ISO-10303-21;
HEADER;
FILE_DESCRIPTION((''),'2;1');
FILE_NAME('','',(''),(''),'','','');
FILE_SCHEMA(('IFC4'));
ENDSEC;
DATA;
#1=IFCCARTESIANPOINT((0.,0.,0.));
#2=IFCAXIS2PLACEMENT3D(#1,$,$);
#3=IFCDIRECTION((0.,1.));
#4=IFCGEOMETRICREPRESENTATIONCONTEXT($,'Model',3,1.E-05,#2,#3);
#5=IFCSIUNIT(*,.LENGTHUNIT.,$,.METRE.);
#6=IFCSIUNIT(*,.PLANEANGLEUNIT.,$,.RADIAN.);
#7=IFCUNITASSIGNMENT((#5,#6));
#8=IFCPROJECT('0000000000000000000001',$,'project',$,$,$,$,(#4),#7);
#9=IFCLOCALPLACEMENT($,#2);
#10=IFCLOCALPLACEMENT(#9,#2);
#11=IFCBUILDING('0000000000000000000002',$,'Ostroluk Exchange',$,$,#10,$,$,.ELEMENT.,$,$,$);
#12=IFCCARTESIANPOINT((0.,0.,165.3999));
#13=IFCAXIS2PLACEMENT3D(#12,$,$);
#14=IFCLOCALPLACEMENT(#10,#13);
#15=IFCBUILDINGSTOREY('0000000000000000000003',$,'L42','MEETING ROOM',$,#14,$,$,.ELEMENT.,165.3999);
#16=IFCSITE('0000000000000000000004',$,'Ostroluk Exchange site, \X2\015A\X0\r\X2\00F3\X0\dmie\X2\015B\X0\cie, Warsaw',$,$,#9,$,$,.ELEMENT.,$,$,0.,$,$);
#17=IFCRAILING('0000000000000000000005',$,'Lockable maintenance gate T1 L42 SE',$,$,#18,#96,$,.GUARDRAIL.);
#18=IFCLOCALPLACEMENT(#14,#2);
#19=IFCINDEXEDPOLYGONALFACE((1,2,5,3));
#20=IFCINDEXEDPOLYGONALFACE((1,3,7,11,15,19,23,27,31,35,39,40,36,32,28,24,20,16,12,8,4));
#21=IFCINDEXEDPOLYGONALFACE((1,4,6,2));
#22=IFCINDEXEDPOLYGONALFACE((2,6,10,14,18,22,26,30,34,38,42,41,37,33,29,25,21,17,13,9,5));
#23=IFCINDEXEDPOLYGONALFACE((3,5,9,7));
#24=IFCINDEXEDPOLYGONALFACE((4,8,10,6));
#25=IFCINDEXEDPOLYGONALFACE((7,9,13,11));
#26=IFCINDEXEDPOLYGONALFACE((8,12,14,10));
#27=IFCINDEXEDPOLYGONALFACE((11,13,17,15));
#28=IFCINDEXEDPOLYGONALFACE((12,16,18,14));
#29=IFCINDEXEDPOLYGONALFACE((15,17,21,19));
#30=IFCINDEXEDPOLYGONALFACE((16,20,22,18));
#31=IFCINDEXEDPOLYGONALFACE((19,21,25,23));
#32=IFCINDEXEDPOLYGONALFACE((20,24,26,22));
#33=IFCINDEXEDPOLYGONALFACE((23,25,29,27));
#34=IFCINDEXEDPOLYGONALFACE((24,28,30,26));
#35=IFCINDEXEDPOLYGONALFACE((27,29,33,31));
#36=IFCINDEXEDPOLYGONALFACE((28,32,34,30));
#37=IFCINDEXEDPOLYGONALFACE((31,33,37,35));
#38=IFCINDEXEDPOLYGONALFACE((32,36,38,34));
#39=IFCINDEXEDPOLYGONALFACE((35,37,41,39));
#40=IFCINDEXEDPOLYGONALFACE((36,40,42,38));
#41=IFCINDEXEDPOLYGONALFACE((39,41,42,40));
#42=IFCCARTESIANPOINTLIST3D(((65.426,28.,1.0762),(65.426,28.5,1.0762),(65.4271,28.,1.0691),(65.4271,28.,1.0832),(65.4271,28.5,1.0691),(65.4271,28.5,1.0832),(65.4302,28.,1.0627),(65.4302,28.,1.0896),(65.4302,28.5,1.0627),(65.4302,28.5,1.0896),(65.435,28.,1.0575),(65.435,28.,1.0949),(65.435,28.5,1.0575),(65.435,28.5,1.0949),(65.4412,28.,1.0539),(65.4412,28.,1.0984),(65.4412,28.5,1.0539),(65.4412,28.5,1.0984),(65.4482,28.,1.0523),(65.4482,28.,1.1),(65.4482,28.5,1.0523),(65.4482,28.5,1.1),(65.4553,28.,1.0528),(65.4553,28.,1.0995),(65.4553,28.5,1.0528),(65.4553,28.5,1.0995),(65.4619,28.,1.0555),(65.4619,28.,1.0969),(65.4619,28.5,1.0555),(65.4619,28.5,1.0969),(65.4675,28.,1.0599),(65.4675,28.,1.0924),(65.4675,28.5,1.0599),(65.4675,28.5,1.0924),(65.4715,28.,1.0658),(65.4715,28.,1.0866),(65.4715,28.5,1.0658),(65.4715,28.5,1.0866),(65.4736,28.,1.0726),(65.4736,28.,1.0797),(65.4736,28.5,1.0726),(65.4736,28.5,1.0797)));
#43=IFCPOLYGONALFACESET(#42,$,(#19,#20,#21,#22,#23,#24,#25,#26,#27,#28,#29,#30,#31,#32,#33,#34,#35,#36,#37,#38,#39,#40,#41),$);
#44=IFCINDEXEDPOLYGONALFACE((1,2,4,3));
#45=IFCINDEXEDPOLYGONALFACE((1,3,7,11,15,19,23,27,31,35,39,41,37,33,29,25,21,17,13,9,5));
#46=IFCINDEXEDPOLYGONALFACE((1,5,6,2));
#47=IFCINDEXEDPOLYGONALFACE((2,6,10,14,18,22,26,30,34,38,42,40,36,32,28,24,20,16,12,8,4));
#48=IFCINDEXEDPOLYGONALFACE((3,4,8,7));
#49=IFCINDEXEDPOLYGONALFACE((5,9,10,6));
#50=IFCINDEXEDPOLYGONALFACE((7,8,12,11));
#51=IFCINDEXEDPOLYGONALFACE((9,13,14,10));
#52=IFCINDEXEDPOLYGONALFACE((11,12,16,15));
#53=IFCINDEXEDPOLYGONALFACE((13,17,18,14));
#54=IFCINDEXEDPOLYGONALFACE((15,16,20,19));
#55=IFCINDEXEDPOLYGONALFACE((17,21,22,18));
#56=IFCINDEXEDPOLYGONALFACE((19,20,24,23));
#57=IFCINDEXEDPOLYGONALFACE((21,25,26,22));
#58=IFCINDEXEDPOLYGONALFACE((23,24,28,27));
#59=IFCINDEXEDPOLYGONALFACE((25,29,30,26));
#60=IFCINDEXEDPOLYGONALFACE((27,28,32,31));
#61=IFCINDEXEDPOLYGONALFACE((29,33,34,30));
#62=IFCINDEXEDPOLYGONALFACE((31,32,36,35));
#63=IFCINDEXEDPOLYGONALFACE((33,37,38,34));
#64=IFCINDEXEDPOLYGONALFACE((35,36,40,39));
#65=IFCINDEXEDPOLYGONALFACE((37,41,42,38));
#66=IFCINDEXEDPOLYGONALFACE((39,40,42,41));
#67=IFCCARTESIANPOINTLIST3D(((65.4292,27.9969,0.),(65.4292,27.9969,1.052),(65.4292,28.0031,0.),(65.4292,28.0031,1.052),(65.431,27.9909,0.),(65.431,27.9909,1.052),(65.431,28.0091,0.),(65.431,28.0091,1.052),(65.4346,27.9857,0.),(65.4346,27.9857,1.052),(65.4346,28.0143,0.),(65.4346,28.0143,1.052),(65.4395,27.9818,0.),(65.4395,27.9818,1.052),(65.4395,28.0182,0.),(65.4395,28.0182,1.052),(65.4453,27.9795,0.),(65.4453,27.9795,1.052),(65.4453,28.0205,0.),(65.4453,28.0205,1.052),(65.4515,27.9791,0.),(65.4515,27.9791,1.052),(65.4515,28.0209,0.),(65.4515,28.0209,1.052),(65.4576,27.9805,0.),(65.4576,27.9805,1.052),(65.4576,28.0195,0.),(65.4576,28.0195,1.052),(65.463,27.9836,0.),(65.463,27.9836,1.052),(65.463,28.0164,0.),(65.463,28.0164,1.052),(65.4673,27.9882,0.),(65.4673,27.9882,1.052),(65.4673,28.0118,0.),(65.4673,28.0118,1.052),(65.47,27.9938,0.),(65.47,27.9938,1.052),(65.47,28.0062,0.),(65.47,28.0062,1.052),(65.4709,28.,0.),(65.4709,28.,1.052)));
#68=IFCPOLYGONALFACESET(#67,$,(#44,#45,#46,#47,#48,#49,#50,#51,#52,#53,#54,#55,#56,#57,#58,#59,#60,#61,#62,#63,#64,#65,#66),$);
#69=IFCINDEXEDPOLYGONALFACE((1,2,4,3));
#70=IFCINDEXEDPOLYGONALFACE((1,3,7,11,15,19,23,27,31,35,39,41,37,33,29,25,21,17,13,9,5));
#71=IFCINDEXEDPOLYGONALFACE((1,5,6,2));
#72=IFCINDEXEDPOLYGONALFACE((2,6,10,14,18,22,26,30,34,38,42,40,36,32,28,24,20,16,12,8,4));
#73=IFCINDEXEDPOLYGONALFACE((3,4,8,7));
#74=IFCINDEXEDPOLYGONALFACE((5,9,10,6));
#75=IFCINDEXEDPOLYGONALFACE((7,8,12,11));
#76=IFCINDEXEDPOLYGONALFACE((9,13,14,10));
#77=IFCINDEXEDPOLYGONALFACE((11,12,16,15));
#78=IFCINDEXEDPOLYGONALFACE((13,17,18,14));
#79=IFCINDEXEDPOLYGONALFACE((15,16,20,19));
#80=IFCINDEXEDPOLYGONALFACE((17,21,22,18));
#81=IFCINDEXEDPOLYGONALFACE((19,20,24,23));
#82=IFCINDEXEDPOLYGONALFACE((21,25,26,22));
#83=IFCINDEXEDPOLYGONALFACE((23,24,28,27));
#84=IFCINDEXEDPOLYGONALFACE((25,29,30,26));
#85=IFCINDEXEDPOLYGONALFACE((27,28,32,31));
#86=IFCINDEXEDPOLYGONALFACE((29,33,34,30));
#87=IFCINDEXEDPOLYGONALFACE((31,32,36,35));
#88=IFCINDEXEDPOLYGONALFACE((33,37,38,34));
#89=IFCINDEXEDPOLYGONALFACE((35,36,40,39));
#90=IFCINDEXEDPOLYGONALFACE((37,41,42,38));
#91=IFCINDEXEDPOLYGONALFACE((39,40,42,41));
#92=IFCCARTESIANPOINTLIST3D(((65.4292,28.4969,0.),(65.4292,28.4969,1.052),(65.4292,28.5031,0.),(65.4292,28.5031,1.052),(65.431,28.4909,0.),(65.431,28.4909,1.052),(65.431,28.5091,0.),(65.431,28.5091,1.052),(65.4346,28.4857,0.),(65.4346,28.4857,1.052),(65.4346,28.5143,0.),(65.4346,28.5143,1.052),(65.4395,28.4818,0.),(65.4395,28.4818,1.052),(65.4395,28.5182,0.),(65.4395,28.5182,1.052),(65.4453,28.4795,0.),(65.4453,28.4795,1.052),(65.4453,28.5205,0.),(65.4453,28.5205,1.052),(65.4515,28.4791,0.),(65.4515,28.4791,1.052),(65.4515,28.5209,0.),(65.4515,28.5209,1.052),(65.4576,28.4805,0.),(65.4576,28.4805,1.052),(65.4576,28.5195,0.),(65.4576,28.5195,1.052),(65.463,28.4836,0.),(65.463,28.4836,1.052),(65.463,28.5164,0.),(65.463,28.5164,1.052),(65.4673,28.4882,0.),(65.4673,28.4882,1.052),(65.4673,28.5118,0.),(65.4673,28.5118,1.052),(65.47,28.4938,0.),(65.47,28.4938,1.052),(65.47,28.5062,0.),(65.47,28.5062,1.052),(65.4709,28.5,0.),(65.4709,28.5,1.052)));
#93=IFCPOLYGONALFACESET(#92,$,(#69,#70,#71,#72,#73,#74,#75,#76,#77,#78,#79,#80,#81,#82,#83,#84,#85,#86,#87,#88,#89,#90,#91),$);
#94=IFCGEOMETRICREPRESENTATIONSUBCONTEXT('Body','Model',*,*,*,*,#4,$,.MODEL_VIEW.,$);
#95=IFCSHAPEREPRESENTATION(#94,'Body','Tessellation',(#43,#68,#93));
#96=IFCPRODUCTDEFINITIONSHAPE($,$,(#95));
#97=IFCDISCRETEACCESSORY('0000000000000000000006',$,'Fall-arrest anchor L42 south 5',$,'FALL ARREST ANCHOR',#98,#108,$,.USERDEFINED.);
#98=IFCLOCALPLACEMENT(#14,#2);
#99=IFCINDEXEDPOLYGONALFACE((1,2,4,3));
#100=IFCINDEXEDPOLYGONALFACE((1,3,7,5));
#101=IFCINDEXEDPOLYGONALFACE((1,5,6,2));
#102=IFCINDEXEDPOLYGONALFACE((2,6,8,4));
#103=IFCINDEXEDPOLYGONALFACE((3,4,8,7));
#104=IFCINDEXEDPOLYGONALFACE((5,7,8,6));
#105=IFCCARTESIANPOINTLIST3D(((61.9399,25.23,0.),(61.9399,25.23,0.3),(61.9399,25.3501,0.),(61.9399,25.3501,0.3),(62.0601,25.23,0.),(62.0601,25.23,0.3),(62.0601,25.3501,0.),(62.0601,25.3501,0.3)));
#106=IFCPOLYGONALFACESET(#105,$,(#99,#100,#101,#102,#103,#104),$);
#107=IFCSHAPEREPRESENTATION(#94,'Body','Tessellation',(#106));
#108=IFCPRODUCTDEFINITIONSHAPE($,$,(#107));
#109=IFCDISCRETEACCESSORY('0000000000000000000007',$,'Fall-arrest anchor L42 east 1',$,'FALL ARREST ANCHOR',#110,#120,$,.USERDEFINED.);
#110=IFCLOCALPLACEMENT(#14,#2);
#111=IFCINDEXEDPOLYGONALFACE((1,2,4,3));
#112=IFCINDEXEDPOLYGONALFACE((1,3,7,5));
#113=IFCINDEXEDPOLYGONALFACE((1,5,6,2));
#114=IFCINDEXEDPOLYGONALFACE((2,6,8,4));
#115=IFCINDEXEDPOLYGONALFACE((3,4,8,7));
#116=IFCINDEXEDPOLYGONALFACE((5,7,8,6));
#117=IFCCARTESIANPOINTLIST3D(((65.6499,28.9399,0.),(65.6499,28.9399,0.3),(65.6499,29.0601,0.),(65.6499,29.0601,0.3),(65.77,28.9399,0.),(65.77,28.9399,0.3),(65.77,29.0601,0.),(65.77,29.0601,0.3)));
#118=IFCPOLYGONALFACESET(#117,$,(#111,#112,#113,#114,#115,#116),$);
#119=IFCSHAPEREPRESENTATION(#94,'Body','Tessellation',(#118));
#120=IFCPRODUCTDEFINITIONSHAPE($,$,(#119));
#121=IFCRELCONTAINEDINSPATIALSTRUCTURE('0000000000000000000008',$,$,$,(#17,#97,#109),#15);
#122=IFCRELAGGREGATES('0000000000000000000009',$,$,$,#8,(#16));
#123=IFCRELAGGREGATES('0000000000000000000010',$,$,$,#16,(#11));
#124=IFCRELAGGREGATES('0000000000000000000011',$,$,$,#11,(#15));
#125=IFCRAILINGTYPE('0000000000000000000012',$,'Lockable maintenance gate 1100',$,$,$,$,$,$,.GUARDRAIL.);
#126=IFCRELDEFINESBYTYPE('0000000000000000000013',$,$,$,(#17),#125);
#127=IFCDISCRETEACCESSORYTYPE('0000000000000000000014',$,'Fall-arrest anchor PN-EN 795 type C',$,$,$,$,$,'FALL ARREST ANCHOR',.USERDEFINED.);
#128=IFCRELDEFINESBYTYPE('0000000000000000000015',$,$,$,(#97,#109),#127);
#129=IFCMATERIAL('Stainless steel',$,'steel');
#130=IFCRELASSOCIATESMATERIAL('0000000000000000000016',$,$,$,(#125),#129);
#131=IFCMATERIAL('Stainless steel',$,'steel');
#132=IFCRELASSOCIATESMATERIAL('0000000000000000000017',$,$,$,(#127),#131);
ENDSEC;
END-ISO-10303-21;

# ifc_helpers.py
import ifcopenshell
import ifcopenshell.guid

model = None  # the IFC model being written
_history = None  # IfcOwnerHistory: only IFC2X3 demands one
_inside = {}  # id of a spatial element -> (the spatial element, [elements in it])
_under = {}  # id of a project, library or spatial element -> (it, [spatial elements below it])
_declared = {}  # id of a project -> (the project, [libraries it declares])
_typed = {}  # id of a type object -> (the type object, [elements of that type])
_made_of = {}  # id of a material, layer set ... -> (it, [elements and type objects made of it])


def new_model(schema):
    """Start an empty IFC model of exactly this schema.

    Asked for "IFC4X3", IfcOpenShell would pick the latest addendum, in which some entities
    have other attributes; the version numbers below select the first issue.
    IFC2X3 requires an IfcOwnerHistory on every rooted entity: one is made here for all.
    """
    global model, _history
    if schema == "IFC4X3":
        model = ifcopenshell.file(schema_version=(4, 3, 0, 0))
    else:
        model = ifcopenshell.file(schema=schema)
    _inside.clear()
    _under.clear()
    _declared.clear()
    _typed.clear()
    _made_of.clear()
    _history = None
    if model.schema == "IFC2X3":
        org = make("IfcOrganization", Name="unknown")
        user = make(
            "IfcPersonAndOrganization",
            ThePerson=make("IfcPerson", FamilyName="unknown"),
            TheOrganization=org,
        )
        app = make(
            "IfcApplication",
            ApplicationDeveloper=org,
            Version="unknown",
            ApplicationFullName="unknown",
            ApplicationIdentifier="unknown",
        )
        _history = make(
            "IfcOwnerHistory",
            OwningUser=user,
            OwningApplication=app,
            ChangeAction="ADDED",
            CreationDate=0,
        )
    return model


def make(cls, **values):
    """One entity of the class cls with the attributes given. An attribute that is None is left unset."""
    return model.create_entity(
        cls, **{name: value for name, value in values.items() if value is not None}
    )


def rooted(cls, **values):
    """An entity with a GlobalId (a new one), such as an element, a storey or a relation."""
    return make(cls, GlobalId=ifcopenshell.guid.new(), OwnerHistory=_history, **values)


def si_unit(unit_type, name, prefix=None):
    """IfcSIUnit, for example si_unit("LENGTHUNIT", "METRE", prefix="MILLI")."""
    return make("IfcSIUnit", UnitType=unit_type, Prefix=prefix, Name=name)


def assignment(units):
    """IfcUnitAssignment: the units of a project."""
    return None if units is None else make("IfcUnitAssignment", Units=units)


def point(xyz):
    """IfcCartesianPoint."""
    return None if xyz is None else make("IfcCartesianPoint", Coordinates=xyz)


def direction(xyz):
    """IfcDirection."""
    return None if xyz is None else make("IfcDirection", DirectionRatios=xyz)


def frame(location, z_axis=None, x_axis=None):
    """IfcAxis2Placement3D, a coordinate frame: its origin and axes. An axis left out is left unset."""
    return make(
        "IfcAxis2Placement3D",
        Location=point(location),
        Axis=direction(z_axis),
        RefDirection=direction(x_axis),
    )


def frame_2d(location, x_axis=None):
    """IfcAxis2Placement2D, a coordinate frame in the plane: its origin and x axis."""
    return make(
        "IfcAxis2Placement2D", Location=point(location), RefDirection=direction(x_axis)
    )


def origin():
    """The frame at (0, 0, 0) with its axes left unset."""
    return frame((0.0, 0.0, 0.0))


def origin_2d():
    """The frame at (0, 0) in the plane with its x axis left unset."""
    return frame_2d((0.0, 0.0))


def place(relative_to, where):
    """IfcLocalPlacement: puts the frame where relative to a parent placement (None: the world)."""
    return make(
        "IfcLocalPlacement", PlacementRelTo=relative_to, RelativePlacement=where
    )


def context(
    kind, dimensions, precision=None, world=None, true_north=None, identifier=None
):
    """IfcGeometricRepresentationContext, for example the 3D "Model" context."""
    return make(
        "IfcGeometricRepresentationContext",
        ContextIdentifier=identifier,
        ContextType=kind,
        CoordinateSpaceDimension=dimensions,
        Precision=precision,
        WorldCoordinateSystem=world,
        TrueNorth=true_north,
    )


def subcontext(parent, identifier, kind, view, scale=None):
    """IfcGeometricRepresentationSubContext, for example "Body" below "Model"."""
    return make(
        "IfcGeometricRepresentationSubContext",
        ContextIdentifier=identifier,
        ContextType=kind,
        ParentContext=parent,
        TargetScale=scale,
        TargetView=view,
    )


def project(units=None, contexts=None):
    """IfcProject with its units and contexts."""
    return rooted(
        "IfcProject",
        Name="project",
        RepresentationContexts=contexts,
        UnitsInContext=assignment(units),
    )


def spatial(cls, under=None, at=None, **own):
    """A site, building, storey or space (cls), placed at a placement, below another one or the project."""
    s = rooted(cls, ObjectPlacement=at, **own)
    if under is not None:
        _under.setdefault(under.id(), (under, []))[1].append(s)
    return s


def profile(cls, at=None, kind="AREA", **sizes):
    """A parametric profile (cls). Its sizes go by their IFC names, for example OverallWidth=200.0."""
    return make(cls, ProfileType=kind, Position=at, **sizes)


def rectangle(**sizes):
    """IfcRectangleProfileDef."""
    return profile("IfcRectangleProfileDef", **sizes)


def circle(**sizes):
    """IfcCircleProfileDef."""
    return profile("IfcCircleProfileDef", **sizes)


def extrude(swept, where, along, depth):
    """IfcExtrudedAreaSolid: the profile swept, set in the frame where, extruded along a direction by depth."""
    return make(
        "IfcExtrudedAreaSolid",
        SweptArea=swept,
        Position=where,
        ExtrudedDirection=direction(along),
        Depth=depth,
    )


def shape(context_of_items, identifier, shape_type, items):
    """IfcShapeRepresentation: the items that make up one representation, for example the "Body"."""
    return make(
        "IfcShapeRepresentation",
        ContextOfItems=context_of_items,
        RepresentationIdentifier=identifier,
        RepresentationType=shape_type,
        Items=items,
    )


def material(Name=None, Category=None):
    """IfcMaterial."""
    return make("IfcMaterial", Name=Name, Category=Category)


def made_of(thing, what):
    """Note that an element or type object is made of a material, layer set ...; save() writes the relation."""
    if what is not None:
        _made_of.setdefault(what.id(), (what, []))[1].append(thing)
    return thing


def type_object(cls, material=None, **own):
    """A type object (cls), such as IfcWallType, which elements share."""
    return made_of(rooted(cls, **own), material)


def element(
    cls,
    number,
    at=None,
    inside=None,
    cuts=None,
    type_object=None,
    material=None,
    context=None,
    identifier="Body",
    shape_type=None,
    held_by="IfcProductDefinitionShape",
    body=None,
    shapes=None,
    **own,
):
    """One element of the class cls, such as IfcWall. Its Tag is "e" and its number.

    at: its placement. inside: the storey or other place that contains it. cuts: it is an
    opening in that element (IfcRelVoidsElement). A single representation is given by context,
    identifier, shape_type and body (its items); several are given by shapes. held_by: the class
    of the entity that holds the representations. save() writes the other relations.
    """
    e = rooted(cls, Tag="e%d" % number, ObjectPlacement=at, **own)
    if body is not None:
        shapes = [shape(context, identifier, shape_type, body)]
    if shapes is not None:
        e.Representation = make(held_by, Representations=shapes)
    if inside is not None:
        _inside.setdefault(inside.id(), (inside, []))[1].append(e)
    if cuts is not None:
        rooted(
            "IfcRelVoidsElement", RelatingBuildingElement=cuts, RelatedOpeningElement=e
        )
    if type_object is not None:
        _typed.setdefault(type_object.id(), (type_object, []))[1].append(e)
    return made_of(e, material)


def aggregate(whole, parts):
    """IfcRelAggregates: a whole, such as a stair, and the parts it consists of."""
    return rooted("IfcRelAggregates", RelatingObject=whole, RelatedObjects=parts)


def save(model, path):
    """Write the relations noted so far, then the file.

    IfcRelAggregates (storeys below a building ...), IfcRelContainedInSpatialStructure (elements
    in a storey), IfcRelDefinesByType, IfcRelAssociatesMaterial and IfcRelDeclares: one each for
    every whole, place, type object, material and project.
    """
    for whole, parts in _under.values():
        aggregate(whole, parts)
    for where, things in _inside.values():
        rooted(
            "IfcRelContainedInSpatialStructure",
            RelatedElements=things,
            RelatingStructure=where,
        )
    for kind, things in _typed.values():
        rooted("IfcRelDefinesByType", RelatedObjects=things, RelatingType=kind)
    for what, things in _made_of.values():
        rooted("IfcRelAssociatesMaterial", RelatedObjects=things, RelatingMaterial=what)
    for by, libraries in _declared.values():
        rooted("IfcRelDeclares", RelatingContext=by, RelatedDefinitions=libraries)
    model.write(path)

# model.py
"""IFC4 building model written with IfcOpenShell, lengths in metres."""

from ifc_helpers import new_model, si_unit, direction, frame, origin, origin_2d, place, context, subcontext, project, spatial, rectangle, circle, extrude, material, type_object, element, save


model = new_model("IFC4")

# Units and contexts
model_context = context("Model", 3, precision=1e-05, world=origin(), true_north=direction((0.0, 1.0)))
body_context = subcontext(model_context, "Body", "Model", "MODEL_VIEW")
ifc_project = project(units=[si_unit("LENGTHUNIT", "METRE"), si_unit("PLANEANGLEUNIT", "RADIAN")], contexts=[model_context])

# Site, building, storey
site_placement = place(None, origin())
site = spatial("IfcSite", under=ifc_project, at=site_placement, Name="Ostroluk Exchange site, Śródmieście, Warsaw", CompositionType="ELEMENT", RefElevation=0.0)
building_placement = place(site_placement, origin())
building = spatial("IfcBuilding", under=site, at=building_placement, Name="Ostroluk Exchange", CompositionType="ELEMENT")
storey_placement = place(building_placement, frame((0.0, 0.0, 165.3999)))
storey = spatial("IfcBuildingStorey", under=building, at=storey_placement, Name="L42", Description="MEETING ROOM", CompositionType="ELEMENT", Elevation=165.3999)

# Railing
ifc_material_1 = material(Name="Stainless steel", Category="steel")
railing_type_1 = type_object("IfcRailingType", Name="Lockable maintenance gate 1100", PredefinedType="GUARDRAIL", material=ifc_material_1)
railing_1_placement = place(storey_placement, frame((65.45, 28.0, 0.0)))
element("IfcRailing", 1, at=railing_1_placement, inside=storey, type_object=railing_type_1, Name="Lockable maintenance gate T1 L42 SE", PredefinedType="GUARDRAIL", context=body_context, shape_type="SweptSolid", body=[
    extrude(circle(Radius=0.0239, at=origin_2d()), frame((0.0, 0.0, 1.0762), z_axis=(0.0, 1.0, 0.0), x_axis=(-1.0, 0.0, 0.0)), (0.0, 0.0, 1.0), 0.5),
    extrude(circle(Radius=0.021, at=origin_2d()), origin(), (0.0, 0.0, 1.0), 1.052),
    extrude(circle(Radius=0.021, at=origin_2d()), frame((0.0, 0.5, 0.0)), (0.0, 0.0, 1.0), 1.052),
])

# Discrete accessories
ifc_material_2 = material(Name="Stainless steel", Category="steel")
discrete_accessory_type = type_object("IfcDiscreteAccessoryType", Name="Fall-arrest anchor PN-EN 795 type C", ElementType="FALL ARREST ANCHOR", PredefinedType="USERDEFINED", material=ifc_material_2)
for number, where, z_axis, x_axis, name in (
    (2, (62.0, 25.29, 0.0), (0.0, 0.0, 1.0), (1.0, 0.0, 0.0), "Fall-arrest anchor L42 south 5"),
    (3, (65.71, 29.0, 0.0), (0.0, 0.0, 1.0), (1.0, 0.0, 0.0), "Fall-arrest anchor L42 east 1"),
):
    element("IfcDiscreteAccessory", number, at=place(storey_placement, frame(where, z_axis=z_axis, x_axis=x_axis)), inside=storey, type_object=discrete_accessory_type, Name=name, ObjectType="FALL ARREST ANCHOR", PredefinedType="USERDEFINED", context=body_context, shape_type="SweptSolid", body=[
        extrude(rectangle(XDim=0.1201, YDim=0.1201, at=origin_2d()), origin(), (0.0, 0.0, 1.0), 0.3),
    ])

save(model, "model.ifc")
